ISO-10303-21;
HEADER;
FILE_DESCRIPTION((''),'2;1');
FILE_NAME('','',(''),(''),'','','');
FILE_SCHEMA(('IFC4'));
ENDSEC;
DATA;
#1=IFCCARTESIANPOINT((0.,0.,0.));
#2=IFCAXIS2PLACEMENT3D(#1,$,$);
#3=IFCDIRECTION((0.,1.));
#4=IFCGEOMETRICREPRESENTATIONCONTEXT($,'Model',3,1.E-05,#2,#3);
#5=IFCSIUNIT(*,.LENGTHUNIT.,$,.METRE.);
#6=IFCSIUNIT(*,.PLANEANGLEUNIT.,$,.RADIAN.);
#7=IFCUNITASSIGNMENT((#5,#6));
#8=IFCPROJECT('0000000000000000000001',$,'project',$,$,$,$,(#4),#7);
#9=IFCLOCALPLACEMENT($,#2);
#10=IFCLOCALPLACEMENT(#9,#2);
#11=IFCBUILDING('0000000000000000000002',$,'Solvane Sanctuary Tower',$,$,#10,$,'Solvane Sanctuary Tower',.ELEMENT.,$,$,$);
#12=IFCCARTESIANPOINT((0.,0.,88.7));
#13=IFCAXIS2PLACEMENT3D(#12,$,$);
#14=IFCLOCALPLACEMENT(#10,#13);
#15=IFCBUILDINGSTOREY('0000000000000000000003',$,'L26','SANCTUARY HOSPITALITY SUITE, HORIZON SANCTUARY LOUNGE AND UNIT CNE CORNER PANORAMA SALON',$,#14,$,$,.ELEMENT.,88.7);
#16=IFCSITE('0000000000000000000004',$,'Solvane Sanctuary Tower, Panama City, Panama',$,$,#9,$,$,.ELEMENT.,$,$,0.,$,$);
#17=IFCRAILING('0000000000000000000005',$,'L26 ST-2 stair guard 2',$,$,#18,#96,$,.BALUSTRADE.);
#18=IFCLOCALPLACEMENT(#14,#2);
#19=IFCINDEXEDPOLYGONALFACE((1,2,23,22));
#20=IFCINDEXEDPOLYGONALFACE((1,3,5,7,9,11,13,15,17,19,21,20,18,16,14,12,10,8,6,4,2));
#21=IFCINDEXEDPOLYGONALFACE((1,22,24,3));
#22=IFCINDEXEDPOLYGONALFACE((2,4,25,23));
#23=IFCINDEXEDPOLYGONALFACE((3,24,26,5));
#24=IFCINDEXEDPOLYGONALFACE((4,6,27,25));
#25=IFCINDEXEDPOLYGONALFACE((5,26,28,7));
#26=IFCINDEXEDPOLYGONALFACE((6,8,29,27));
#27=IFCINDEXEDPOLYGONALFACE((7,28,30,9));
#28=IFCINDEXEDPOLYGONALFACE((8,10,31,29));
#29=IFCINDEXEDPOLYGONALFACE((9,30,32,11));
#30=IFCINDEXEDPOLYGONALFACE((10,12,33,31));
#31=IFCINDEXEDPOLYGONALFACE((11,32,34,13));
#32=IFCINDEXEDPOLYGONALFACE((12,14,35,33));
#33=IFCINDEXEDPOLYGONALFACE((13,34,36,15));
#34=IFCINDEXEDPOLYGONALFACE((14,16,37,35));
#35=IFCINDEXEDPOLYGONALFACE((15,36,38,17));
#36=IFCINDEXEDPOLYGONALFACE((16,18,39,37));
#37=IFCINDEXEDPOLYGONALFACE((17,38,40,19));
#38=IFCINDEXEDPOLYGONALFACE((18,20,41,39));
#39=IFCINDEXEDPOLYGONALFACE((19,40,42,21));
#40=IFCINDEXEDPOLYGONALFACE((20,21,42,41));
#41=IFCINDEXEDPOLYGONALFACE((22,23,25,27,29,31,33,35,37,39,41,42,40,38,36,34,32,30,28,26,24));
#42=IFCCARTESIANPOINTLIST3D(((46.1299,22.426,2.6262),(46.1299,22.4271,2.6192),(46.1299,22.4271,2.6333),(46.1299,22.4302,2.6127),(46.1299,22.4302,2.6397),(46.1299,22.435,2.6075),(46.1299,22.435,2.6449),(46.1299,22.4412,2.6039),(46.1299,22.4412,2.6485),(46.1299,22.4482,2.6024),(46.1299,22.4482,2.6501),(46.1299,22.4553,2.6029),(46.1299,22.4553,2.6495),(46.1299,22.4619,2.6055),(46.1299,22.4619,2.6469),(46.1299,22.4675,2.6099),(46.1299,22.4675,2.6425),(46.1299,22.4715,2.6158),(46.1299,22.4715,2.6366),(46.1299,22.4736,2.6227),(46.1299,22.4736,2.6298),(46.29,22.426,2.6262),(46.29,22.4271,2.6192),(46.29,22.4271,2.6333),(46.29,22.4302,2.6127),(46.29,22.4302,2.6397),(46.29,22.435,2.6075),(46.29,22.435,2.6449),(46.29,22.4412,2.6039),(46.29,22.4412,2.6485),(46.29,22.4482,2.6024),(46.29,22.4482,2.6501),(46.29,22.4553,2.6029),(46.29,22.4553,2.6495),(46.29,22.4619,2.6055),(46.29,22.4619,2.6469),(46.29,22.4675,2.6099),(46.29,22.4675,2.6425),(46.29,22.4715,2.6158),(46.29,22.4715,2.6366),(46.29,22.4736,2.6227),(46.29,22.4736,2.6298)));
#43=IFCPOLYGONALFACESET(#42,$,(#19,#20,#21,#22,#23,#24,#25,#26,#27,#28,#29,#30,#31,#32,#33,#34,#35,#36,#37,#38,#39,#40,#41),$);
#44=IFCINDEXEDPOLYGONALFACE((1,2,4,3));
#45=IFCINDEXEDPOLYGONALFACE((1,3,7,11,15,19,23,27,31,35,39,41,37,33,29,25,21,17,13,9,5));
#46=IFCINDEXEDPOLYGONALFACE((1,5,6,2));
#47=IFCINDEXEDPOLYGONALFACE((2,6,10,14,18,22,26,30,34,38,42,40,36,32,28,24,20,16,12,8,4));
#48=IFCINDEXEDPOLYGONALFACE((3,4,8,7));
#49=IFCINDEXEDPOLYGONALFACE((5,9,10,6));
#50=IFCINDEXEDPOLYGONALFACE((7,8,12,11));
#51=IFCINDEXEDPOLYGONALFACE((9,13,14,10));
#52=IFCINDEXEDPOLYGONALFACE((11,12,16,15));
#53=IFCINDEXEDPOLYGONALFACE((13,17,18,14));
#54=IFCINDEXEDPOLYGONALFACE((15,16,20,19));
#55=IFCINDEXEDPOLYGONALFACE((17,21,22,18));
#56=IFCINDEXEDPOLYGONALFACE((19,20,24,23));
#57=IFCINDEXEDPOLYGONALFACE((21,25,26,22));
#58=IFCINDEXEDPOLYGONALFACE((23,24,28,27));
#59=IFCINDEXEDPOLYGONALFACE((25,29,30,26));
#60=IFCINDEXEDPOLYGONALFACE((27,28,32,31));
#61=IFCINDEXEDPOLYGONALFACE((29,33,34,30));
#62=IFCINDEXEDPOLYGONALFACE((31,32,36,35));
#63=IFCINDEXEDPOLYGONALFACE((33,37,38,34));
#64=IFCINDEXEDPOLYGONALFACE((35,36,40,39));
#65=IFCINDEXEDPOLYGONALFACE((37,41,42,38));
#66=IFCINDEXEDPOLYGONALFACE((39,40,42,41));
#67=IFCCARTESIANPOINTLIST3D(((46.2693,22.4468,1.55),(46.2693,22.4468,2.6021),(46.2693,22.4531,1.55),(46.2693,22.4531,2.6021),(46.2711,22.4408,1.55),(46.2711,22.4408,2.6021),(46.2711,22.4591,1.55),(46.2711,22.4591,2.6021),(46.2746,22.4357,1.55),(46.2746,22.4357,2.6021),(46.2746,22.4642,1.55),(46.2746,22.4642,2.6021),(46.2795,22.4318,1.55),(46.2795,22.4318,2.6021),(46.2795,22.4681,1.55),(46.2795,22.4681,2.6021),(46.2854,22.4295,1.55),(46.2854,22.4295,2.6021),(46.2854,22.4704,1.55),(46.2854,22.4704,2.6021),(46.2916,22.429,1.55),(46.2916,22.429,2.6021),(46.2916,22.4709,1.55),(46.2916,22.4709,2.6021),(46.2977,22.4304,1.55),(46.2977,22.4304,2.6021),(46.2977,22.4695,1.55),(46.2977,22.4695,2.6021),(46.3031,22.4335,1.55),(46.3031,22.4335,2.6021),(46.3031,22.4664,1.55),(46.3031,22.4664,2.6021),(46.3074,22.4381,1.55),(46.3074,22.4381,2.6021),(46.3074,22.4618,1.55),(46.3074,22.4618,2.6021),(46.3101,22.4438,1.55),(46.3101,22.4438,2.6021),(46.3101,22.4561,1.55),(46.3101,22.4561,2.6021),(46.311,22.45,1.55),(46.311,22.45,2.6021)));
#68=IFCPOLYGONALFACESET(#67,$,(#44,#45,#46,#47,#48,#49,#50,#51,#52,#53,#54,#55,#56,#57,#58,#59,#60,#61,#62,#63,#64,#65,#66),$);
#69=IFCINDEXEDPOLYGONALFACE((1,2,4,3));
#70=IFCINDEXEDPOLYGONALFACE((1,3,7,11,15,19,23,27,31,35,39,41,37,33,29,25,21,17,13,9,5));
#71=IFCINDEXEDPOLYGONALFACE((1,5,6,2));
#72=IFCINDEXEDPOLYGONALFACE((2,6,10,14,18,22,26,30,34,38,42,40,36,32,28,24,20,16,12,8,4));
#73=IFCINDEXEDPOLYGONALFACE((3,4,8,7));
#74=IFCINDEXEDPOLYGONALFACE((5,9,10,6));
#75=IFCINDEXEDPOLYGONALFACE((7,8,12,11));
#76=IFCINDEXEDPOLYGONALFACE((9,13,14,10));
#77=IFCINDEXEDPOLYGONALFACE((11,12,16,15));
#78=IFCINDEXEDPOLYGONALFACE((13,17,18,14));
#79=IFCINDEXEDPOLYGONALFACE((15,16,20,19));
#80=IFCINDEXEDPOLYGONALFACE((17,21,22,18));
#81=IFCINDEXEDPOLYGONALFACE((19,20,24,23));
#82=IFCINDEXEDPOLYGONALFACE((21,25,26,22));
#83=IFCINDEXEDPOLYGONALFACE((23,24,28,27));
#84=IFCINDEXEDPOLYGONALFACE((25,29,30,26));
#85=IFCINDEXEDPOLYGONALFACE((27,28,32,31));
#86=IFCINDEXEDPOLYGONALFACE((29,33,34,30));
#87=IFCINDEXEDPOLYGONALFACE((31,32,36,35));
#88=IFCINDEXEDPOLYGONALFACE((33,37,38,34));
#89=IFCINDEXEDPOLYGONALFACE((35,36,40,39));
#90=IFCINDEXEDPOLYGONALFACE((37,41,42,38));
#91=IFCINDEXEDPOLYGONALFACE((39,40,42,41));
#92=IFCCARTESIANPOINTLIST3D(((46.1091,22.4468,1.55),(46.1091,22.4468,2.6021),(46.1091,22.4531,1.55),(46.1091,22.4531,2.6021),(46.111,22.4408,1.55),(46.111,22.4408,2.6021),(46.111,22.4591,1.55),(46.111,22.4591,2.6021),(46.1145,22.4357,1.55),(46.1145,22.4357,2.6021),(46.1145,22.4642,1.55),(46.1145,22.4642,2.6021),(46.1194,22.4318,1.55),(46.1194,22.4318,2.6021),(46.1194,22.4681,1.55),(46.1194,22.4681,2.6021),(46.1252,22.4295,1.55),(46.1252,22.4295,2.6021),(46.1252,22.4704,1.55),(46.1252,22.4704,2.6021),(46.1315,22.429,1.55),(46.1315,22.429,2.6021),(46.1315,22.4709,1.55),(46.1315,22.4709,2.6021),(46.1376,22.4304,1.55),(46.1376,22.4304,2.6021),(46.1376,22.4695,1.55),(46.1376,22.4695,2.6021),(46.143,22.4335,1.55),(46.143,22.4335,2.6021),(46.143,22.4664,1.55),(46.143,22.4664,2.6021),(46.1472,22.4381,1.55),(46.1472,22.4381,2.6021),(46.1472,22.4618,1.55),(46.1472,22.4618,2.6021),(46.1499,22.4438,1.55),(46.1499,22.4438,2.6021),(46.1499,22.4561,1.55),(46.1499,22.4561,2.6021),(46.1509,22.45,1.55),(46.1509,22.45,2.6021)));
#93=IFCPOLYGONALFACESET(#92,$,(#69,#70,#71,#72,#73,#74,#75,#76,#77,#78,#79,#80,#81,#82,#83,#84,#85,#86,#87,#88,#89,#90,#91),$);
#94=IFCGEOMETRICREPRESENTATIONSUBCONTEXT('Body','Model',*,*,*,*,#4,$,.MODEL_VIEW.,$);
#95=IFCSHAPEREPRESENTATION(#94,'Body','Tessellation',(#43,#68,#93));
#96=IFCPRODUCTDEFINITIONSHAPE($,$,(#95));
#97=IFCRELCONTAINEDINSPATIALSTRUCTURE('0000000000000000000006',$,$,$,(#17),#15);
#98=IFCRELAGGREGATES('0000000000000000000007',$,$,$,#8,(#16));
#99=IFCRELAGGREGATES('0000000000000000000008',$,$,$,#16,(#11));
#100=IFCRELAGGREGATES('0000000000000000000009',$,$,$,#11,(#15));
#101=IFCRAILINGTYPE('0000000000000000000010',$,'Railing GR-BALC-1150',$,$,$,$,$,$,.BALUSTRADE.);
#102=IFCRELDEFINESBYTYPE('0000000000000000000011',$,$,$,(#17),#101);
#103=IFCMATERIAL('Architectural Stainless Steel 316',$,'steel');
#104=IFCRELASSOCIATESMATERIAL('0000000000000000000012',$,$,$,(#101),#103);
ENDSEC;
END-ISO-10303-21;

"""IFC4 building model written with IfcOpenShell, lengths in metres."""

from ifc_helpers import new_model, si_unit, direction, frame, origin, origin_2d, place, context, subcontext, project, spatial, circle, extrude, material, type_object, element, save


model = new_model("IFC4")

# Units and contexts
model_context = context("Model", 3, precision=1e-05, world=origin(), true_north=direction((0.0, 1.0)))
body_context = subcontext(model_context, "Body", "Model", "MODEL_VIEW")
ifc_project = project(units=[si_unit("LENGTHUNIT", "METRE"), si_unit("PLANEANGLEUNIT", "RADIAN")], contexts=[model_context])

# Site, building, storey
site_placement = place(None, origin())
site = spatial("IfcSite", under=ifc_project, at=site_placement, Name="Solvane Sanctuary Tower, Panama City, Panama", CompositionType="ELEMENT", RefElevation=0.0)
building_placement = place(site_placement, origin())
building = spatial("IfcBuilding", under=site, at=building_placement, Name="Solvane Sanctuary Tower", LongName="Solvane Sanctuary Tower", CompositionType="ELEMENT")
storey_placement = place(building_placement, frame((0.0, 0.0, 88.7)))
storey = spatial("IfcBuildingStorey", under=building, at=storey_placement, Name="L26", Description="SANCTUARY HOSPITALITY SUITE, HORIZON SANCTUARY LOUNGE AND UNIT CNE CORNER PANORAMA SALON", CompositionType="ELEMENT", Elevation=88.7)

# Shared definitions
ifc_material_1 = material(Name="Architectural Stainless Steel 316", Category="steel")

# Railing
railing_type_1 = type_object("IfcRailingType", Name="Railing GR-BALC-1150", PredefinedType="BALUSTRADE", material=ifc_material_1)
railing_1_placement = place(storey_placement, frame((46.29, 22.45, 1.55)))
element("IfcRailing", 1, at=railing_1_placement, inside=storey, type_object=railing_type_1, Name="L26 ST-2 stair guard 2", PredefinedType="BALUSTRADE", context=body_context, shape_type="SweptSolid", body=[
    extrude(circle(Radius=0.0239, at=origin_2d()), frame((0.0, 0.0, 1.0762), z_axis=(-1.0, 0.0, 0.0), x_axis=(0.0, -1.0, 0.0)), (0.0, 0.0, 1.0), 0.1602),
    extrude(circle(Radius=0.021, at=origin_2d()), origin(), (0.0, 0.0, 1.0), 1.052),
    extrude(circle(Radius=0.021, at=origin_2d()), frame((-0.1602, 0.0, 0.0)), (0.0, 0.0, 1.0), 1.052),
])

save(model, "model.ifc")
